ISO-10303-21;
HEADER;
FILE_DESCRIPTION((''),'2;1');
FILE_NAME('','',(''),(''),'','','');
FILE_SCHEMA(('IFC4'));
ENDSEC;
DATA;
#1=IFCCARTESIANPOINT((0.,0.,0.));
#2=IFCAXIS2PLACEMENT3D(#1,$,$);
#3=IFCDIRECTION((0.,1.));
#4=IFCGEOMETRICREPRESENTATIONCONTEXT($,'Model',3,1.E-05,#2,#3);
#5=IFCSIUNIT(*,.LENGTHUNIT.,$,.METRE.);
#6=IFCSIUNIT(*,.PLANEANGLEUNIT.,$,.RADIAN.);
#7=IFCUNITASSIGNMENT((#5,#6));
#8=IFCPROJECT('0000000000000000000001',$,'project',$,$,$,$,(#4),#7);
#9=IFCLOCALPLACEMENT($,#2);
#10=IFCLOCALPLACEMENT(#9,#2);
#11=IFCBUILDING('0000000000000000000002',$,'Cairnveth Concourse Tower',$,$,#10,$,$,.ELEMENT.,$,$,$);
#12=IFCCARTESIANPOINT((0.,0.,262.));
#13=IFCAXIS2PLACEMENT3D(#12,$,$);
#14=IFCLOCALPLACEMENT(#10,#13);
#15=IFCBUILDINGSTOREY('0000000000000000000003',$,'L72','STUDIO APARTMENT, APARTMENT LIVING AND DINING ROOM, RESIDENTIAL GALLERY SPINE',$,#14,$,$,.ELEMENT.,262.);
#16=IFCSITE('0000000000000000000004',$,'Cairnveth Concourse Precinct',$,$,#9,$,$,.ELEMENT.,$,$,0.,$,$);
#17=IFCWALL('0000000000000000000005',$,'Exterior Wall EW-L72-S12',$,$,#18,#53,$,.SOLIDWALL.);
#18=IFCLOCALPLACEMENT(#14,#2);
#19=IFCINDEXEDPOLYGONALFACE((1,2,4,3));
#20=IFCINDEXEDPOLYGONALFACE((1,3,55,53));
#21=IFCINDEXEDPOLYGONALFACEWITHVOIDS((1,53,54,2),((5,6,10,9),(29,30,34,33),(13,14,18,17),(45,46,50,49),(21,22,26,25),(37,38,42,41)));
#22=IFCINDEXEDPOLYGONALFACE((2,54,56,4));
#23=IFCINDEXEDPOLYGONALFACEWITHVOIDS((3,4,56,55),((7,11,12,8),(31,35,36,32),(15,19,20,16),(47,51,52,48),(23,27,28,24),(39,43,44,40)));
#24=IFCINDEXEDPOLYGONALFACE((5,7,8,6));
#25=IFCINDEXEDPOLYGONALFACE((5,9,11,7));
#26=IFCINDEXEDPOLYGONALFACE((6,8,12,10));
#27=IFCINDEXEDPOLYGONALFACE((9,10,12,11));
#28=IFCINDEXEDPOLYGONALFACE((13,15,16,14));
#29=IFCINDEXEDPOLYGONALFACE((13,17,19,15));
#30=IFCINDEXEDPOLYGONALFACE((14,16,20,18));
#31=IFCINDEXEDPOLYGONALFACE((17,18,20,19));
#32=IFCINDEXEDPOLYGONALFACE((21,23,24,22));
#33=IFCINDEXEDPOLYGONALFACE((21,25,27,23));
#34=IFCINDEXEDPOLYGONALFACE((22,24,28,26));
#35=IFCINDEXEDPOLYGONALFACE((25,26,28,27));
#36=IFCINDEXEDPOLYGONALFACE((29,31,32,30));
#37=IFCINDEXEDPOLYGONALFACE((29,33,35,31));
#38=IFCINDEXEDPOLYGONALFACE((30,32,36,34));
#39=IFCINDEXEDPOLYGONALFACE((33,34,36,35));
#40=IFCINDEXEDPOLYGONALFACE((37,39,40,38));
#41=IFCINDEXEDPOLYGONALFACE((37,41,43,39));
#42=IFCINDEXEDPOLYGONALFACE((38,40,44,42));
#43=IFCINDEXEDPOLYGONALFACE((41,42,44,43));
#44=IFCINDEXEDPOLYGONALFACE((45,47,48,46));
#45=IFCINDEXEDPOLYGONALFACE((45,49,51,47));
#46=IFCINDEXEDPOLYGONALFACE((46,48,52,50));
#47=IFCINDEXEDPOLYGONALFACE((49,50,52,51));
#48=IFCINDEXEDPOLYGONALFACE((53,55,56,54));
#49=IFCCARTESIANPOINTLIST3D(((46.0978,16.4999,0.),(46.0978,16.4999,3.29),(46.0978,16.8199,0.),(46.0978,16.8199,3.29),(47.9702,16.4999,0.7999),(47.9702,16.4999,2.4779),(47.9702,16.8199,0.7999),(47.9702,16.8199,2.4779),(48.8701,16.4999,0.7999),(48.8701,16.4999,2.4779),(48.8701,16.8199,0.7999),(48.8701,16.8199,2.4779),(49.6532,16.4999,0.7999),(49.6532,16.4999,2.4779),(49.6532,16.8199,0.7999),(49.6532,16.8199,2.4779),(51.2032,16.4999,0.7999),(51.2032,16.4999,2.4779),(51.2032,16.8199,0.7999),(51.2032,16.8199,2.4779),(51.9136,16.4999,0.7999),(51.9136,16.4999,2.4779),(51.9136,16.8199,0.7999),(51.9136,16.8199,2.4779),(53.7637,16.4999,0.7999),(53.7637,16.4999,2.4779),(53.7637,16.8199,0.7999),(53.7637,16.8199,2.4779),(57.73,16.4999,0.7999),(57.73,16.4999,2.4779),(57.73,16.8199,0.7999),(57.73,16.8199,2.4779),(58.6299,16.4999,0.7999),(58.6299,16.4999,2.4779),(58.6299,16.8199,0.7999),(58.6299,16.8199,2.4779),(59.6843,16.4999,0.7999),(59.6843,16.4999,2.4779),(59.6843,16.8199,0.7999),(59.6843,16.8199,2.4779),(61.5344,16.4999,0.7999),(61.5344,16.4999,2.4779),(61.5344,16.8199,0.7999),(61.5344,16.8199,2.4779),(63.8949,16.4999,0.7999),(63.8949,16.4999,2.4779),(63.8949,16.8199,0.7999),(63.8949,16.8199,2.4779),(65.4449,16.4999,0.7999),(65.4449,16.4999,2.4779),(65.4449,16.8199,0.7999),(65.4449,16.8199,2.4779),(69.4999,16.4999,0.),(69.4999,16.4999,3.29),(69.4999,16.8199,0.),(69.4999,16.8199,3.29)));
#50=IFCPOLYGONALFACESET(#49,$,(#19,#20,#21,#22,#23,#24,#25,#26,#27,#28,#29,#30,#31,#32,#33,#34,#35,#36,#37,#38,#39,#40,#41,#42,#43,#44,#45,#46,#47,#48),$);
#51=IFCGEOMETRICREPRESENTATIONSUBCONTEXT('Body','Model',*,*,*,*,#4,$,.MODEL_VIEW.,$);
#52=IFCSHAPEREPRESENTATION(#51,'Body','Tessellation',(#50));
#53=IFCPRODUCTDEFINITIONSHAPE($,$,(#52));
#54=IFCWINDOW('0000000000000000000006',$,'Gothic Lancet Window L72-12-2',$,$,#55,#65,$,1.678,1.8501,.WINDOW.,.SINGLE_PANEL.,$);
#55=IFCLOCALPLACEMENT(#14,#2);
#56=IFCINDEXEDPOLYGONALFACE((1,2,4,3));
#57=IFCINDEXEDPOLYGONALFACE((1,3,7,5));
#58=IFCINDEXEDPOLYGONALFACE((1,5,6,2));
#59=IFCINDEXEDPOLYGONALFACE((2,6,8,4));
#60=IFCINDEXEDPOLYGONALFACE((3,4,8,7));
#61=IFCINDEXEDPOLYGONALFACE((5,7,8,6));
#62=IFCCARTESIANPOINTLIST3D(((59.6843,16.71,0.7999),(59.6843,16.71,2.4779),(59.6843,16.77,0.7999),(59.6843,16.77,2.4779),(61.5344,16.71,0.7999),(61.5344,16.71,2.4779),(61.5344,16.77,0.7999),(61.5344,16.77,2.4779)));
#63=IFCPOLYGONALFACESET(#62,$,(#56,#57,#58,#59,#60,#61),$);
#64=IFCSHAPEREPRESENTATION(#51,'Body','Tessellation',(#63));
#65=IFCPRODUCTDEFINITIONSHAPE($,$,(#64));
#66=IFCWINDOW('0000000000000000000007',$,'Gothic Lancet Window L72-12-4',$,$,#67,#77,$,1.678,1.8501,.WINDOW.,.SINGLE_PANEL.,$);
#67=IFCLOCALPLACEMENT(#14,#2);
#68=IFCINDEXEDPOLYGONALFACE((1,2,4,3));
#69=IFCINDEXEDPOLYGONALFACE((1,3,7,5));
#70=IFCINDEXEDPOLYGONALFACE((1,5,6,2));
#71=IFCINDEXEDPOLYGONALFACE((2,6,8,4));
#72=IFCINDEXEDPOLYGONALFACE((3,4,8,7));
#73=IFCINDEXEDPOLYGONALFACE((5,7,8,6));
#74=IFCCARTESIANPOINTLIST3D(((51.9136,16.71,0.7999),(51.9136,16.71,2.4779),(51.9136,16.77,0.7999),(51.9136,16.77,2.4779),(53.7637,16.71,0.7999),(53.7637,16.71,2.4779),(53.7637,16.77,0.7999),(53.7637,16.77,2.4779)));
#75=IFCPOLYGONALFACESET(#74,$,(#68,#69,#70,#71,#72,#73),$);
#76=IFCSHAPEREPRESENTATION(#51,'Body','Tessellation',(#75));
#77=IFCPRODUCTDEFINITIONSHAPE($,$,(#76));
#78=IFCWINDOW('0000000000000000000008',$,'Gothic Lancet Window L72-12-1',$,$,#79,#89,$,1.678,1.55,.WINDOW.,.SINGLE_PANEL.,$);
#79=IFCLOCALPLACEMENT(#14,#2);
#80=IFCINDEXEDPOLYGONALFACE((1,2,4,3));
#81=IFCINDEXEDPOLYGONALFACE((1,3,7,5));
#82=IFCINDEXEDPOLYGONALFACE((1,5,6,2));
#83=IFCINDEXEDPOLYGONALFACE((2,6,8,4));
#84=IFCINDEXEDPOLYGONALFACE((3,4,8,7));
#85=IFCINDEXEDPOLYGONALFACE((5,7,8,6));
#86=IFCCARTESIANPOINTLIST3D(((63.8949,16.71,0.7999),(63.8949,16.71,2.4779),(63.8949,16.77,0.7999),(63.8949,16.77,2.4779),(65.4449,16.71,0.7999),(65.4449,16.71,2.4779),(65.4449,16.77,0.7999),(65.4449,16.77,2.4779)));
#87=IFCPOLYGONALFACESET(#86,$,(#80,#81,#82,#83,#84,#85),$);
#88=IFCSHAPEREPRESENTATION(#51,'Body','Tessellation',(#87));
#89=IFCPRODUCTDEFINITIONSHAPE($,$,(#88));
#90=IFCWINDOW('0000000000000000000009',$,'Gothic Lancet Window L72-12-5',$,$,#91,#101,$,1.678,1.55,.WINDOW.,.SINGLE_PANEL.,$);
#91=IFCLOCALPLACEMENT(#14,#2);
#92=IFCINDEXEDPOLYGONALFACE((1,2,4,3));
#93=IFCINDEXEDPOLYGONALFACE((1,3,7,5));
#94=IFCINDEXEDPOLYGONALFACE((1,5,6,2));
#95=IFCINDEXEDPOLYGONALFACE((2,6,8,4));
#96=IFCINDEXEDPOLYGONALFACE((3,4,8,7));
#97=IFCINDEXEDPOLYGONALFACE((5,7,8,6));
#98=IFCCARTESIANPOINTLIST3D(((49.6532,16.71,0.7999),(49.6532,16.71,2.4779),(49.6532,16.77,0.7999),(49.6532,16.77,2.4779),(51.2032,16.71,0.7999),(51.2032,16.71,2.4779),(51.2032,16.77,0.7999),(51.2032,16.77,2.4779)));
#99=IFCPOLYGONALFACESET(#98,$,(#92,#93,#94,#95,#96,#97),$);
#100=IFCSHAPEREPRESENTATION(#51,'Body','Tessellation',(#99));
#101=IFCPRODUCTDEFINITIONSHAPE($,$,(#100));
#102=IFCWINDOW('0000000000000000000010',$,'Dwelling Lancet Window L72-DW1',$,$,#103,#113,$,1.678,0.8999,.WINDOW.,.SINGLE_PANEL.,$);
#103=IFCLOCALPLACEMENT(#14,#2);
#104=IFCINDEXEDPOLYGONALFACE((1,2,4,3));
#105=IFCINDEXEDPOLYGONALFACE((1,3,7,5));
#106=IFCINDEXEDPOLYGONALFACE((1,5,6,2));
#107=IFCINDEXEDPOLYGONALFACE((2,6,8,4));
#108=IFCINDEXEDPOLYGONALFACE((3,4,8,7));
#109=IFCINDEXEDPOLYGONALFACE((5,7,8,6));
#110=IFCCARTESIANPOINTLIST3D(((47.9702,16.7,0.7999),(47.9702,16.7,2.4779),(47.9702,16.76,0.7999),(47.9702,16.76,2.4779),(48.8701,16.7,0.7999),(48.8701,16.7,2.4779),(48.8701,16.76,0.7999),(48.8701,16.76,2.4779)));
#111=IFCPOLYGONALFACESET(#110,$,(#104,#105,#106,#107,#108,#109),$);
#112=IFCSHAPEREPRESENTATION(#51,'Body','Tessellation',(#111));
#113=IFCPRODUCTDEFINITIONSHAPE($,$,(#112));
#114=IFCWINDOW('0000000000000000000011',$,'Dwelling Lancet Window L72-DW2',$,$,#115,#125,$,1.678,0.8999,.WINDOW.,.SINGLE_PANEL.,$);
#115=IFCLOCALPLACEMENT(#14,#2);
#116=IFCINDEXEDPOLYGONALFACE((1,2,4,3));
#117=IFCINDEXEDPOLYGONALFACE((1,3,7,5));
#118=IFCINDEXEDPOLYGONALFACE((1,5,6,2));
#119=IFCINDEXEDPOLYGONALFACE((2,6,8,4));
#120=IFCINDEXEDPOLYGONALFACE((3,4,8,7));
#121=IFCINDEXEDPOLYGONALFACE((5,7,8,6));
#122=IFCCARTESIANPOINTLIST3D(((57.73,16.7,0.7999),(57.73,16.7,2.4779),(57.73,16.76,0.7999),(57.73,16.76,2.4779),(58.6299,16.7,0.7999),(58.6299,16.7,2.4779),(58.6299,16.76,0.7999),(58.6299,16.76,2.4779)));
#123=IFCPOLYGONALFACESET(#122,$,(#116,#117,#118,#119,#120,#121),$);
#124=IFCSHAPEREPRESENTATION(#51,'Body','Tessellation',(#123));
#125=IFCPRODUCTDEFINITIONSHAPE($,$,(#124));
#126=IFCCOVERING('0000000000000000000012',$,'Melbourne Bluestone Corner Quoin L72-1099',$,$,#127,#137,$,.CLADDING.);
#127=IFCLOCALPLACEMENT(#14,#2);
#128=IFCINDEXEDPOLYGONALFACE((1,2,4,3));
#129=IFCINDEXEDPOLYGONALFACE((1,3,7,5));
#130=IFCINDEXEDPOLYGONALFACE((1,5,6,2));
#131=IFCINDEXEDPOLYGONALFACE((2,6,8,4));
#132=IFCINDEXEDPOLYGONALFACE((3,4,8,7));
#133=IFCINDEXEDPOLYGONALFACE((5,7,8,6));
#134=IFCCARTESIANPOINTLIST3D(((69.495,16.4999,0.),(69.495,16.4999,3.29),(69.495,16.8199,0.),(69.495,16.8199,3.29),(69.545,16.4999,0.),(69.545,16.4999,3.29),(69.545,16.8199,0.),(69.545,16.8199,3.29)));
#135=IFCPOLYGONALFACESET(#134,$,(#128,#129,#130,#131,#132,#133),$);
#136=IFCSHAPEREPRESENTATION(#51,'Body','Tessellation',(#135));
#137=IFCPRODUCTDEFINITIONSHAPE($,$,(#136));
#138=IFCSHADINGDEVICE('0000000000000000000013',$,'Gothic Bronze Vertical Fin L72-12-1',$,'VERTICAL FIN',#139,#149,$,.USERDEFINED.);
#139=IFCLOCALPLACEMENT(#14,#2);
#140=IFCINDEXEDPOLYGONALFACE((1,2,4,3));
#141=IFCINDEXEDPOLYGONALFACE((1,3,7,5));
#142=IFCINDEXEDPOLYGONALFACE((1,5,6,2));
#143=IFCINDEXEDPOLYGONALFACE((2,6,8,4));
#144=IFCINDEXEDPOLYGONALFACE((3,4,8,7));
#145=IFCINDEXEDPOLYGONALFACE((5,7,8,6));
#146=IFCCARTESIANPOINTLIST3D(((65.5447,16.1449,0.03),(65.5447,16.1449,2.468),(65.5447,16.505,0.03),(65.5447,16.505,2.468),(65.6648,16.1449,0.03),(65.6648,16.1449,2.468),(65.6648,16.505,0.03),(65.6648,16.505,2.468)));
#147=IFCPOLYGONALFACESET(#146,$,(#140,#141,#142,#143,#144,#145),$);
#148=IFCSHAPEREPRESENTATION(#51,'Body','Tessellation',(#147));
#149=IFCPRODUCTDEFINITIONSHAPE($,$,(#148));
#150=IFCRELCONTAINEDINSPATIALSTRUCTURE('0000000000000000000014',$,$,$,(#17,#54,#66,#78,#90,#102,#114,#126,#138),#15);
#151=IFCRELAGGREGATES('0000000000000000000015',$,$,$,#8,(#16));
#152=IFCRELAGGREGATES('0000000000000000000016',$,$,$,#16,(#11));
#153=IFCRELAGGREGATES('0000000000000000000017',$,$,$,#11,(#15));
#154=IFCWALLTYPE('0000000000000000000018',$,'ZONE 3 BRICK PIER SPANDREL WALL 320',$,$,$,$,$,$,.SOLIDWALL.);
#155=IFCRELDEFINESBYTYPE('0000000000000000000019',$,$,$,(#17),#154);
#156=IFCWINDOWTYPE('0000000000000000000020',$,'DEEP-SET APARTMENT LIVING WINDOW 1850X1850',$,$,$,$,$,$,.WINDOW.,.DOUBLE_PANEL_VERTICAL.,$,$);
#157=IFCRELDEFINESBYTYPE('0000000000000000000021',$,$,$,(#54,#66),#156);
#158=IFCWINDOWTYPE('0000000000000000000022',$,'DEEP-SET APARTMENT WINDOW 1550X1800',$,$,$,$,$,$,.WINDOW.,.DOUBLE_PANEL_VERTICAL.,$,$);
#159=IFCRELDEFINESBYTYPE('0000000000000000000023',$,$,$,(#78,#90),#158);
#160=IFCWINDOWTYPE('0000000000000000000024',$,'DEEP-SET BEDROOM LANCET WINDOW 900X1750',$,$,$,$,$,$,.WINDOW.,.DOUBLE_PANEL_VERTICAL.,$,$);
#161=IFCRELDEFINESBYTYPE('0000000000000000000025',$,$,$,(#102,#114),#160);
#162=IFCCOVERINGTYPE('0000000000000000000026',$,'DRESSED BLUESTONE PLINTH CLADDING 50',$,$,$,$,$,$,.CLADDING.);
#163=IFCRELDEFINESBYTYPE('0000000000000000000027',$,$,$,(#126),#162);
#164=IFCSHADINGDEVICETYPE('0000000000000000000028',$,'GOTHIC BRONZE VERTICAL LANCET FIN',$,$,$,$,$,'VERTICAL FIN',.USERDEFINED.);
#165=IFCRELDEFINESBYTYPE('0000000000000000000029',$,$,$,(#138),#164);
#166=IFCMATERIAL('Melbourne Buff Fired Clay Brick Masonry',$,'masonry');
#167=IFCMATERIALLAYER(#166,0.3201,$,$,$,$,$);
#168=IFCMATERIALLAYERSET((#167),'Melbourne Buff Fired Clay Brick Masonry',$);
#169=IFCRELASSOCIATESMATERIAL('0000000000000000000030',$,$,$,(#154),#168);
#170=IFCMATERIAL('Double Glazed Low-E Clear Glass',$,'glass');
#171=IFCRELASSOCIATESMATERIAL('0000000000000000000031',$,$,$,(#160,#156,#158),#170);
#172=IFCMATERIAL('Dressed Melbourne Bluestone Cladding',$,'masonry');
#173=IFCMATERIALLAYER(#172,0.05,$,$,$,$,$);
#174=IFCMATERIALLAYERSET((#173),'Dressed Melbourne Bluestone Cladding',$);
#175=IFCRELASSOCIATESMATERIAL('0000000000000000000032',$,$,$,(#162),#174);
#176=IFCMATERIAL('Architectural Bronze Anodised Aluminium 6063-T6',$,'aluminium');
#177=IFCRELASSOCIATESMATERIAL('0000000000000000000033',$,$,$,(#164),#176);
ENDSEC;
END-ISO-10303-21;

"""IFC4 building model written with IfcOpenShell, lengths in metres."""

from ifc_helpers import new_model, si_unit, direction, frame, frame_2d, origin, origin_2d, place, context, subcontext, project, spatial, rectangle, extrude, material, layer, layer_set, type_object, element, fill, save


model = new_model("IFC4")

# Units and contexts
model_context = context("Model", 3, precision=1e-05, world=origin(), true_north=direction((0.0, 1.0)))
body_context = subcontext(model_context, "Body", "Model", "MODEL_VIEW")
ifc_project = project(units=[si_unit("LENGTHUNIT", "METRE"), si_unit("PLANEANGLEUNIT", "RADIAN")], contexts=[model_context])

# Site, building, storey
site_placement = place(None, origin())
site = spatial("IfcSite", under=ifc_project, at=site_placement, Name="Cairnveth Concourse Precinct", CompositionType="ELEMENT", RefElevation=0.0)
building_placement = place(site_placement, origin())
building = spatial("IfcBuilding", under=site, at=building_placement, Name="Cairnveth Concourse Tower", CompositionType="ELEMENT")
storey_placement = place(building_placement, frame((0.0, 0.0, 262.0)))
storey = spatial("IfcBuildingStorey", under=building, at=storey_placement, Name="L72", Description="STUDIO APARTMENT, APARTMENT LIVING AND DINING ROOM, RESIDENTIAL GALLERY SPINE", CompositionType="ELEMENT", Elevation=262.0)

# Shared definitions
ifc_material_1 = material(Name="Melbourne Buff Fired Clay Brick Masonry", Category="masonry")
ifc_layer_1 = layer(ifc_material_1, 0.3201)
ifc_layer_set_1 = layer_set([ifc_layer_1], Name="Melbourne Buff Fired Clay Brick Masonry")
wall_type_1 = type_object("IfcWallType", Name="ZONE 3 BRICK PIER SPANDREL WALL 320", PredefinedType="SOLIDWALL", material=ifc_layer_set_1)
ifc_material_2 = material(Name="Double Glazed Low-E Clear Glass", Category="glass")
window_type_1 = type_object("IfcWindowType", Name="DEEP-SET BEDROOM LANCET WINDOW 900X1750", PartitioningType="DOUBLE_PANEL_VERTICAL", PredefinedType="WINDOW", material=ifc_material_2)

# Wall, openings, windows
wall_1_placement = place(storey_placement, frame((69.5, 16.6599, 0.0), z_axis=(0.0, 0.0, 1.0), x_axis=(-1.0, 0.0, 0.0)))
wall_1 = element("IfcWall", 1, at=wall_1_placement, inside=storey, type_object=wall_type_1, Name="Exterior Wall EW-L72-S12", PredefinedType="SOLIDWALL", context=body_context, shape_type="SweptSolid", body=[
    extrude(rectangle(XDim=23.4021, YDim=0.3201, at=frame_2d((11.7012, 0.0))), origin(), (0.0, 0.0, 1.0), 3.29),
])
opening_1_placement = place(wall_1_placement, frame((4.0552, 0.0, 0.8)))
opening_1 = element("IfcOpeningElement", 2, at=opening_1_placement, cuts=wall_1, PredefinedType="OPENING", context=body_context, shape_type="SweptSolid", body=[
    extrude(rectangle(XDim=1.55, YDim=1.678, at=frame_2d((0.7749, 0.8389))), frame((0.0, 0.1699, 0.0), z_axis=(0.0, -1.0, 0.0), x_axis=(1.0, 0.0, 0.0)), (0.0, 0.0, 1.0), 0.3401),
])
opening_2_placement = place(wall_1_placement, frame((7.9656, 0.0, 0.8)))
opening_2 = element("IfcOpeningElement", 3, at=opening_2_placement, cuts=wall_1, PredefinedType="OPENING", context=body_context, shape_type="SweptSolid", body=[
    extrude(rectangle(XDim=1.8501, YDim=1.678, at=frame_2d((0.925, 0.8389))), frame((0.0, 0.1699, 0.0), z_axis=(0.0, -1.0, 0.0), x_axis=(1.0, 0.0, 0.0)), (0.0, 0.0, 1.0), 0.3401),
])
opening_3_placement = place(wall_1_placement, frame((15.7363, 0.0, 0.8)))
opening_3 = element("IfcOpeningElement", 4, at=opening_3_placement, cuts=wall_1, PredefinedType="OPENING", context=body_context, shape_type="SweptSolid", body=[
    extrude(rectangle(XDim=1.8501, YDim=1.678, at=frame_2d((0.925, 0.8389))), frame((0.0, 0.1699, 0.0), z_axis=(0.0, -1.0, 0.0), x_axis=(1.0, 0.0, 0.0)), (0.0, 0.0, 1.0), 0.3401),
])
opening_4_placement = place(wall_1_placement, frame((18.2969, 0.0, 0.8)))
opening_4 = element("IfcOpeningElement", 5, at=opening_4_placement, cuts=wall_1, PredefinedType="OPENING", context=body_context, shape_type="SweptSolid", body=[
    extrude(rectangle(XDim=1.55, YDim=1.678, at=frame_2d((0.7749, 0.8389))), frame((0.0, 0.1699, 0.0), z_axis=(0.0, -1.0, 0.0), x_axis=(1.0, 0.0, 0.0)), (0.0, 0.0, 1.0), 0.3401),
])
opening_5_placement = place(wall_1_placement, frame((20.6299, 0.0, 0.8)))
opening_5 = element("IfcOpeningElement", 6, at=opening_5_placement, cuts=wall_1, PredefinedType="OPENING", context=body_context, shape_type="SweptSolid", body=[
    extrude(rectangle(XDim=0.8999, YDim=1.678, at=frame_2d((0.45, 0.8389))), frame((0.0, 0.1699, 0.0), z_axis=(0.0, -1.0, 0.0), x_axis=(1.0, 0.0, 0.0)), (0.0, 0.0, 1.0), 0.3401),
])
opening_6_placement = place(wall_1_placement, frame((10.8701, 0.0, 0.8)))
opening_6 = element("IfcOpeningElement", 7, at=opening_6_placement, cuts=wall_1, PredefinedType="OPENING", context=body_context, shape_type="SweptSolid", body=[
    extrude(rectangle(XDim=0.8999, YDim=1.678, at=frame_2d((0.45, 0.8389))), frame((0.0, 0.1699, 0.0), z_axis=(0.0, -1.0, 0.0), x_axis=(1.0, 0.0, 0.0)), (0.0, 0.0, 1.0), 0.3401),
])
window_type_2 = type_object("IfcWindowType", Name="DEEP-SET APARTMENT LIVING WINDOW 1850X1850", PartitioningType="DOUBLE_PANEL_VERTICAL", PredefinedType="WINDOW", material=ifc_material_2)
window_1_placement = place(opening_2_placement, origin())
window_1 = element("IfcWindow", 8, at=window_1_placement, inside=storey, type_object=window_type_2, Name="Gothic Lancet Window L72-12-2", OverallHeight=1.678, OverallWidth=1.8501, PartitioningType="SINGLE_PANEL", PredefinedType="WINDOW", context=body_context, shape_type="SweptSolid", body=[
    extrude(rectangle(XDim=1.8501, YDim=1.678, at=frame_2d((0.925, 0.8389))), frame((0.0, -0.05, 0.0), z_axis=(0.0, -1.0, 0.0), x_axis=(1.0, 0.0, 0.0)), (0.0, 0.0, 1.0), 0.0601),
])
fill(opening_2, window_1)
window_2_placement = place(opening_3_placement, origin())
window_2 = element("IfcWindow", 9, at=window_2_placement, inside=storey, type_object=window_type_2, Name="Gothic Lancet Window L72-12-4", OverallHeight=1.678, OverallWidth=1.8501, PartitioningType="SINGLE_PANEL", PredefinedType="WINDOW", context=body_context, shape_type="SweptSolid", body=[
    extrude(rectangle(XDim=1.8501, YDim=1.678, at=frame_2d((0.925, 0.8389))), frame((0.0, -0.05, 0.0), z_axis=(0.0, -1.0, 0.0), x_axis=(1.0, 0.0, 0.0)), (0.0, 0.0, 1.0), 0.0601),
])
fill(opening_3, window_2)
window_type_3 = type_object("IfcWindowType", Name="DEEP-SET APARTMENT WINDOW 1550X1800", PartitioningType="DOUBLE_PANEL_VERTICAL", PredefinedType="WINDOW", material=ifc_material_2)
window_3_placement = place(opening_1_placement, origin())
window_3 = element("IfcWindow", 10, at=window_3_placement, inside=storey, type_object=window_type_3, Name="Gothic Lancet Window L72-12-1", OverallHeight=1.678, OverallWidth=1.55, PartitioningType="SINGLE_PANEL", PredefinedType="WINDOW", context=body_context, shape_type="SweptSolid", body=[
    extrude(rectangle(XDim=1.55, YDim=1.678, at=frame_2d((0.7749, 0.8389))), frame((0.0, -0.05, 0.0), z_axis=(0.0, -1.0, 0.0), x_axis=(1.0, 0.0, 0.0)), (0.0, 0.0, 1.0), 0.0601),
])
fill(opening_1, window_3)
window_4_placement = place(opening_4_placement, origin())
window_4 = element("IfcWindow", 11, at=window_4_placement, inside=storey, type_object=window_type_3, Name="Gothic Lancet Window L72-12-5", OverallHeight=1.678, OverallWidth=1.55, PartitioningType="SINGLE_PANEL", PredefinedType="WINDOW", context=body_context, shape_type="SweptSolid", body=[
    extrude(rectangle(XDim=1.55, YDim=1.678, at=frame_2d((0.7749, 0.8389))), frame((0.0, -0.05, 0.0), z_axis=(0.0, -1.0, 0.0), x_axis=(1.0, 0.0, 0.0)), (0.0, 0.0, 1.0), 0.0601),
])
fill(opening_4, window_4)
window_5_placement = place(opening_5_placement, origin())
window_5 = element("IfcWindow", 12, at=window_5_placement, inside=storey, type_object=window_type_1, Name="Dwelling Lancet Window L72-DW1", OverallHeight=1.678, OverallWidth=0.8999, PartitioningType="SINGLE_PANEL", PredefinedType="WINDOW", context=body_context, shape_type="SweptSolid", body=[
    extrude(rectangle(XDim=0.8999, YDim=1.678, at=frame_2d((0.45, 0.8389))), frame((0.0, -0.04, 0.0), z_axis=(0.0, -1.0, 0.0), x_axis=(1.0, 0.0, 0.0)), (0.0, 0.0, 1.0), 0.0601),
])
fill(opening_5, window_5)
window_6_placement = place(opening_6_placement, origin())
window_6 = element("IfcWindow", 13, at=window_6_placement, inside=storey, type_object=window_type_1, Name="Dwelling Lancet Window L72-DW2", OverallHeight=1.678, OverallWidth=0.8999, PartitioningType="SINGLE_PANEL", PredefinedType="WINDOW", context=body_context, shape_type="SweptSolid", body=[
    extrude(rectangle(XDim=0.8999, YDim=1.678, at=frame_2d((0.45, 0.8389))), frame((0.0, -0.04, 0.0), z_axis=(0.0, -1.0, 0.0), x_axis=(1.0, 0.0, 0.0)), (0.0, 0.0, 1.0), 0.0601),
])
fill(opening_6, window_6)

# Covering
ifc_material_3 = material(Name="Dressed Melbourne Bluestone Cladding", Category="masonry")
ifc_layer_2 = layer(ifc_material_3, 0.05)
ifc_layer_set_2 = layer_set([ifc_layer_2], Name="Dressed Melbourne Bluestone Cladding")
covering_type = type_object("IfcCoveringType", Name="DRESSED BLUESTONE PLINTH CLADDING 50", PredefinedType="CLADDING", material=ifc_layer_set_2)
covering_placement = place(storey_placement, frame((69.52, 16.8201, 0.0), z_axis=(0.0, 0.0, 1.0), x_axis=(0.0, -1.0, 0.0)))
element("IfcCovering", 14, at=covering_placement, inside=storey, type_object=covering_type, Name="Melbourne Bluestone Corner Quoin L72-1099", PredefinedType="CLADDING", context=body_context, shape_type="SweptSolid", body=[
    extrude(rectangle(XDim=0.3201, YDim=0.05, at=frame_2d((0.1602, 0.0))), origin(), (0.0, 0.0, 1.0), 3.29),
])

# Shading device
ifc_material_4 = material(Name="Architectural Bronze Anodised Aluminium 6063-T6", Category="aluminium")
shading_device_type = type_object("IfcShadingDeviceType", Name="GOTHIC BRONZE VERTICAL LANCET FIN", ElementType="VERTICAL FIN", PredefinedType="USERDEFINED", material=ifc_material_4)
shading_device_placement = place(storey_placement, frame((65.6047, 16.325, 0.03), z_axis=(0.0, 0.0, 1.0), x_axis=(1.0, 0.0, 0.0)))
element("IfcShadingDevice", 15, at=shading_device_placement, inside=storey, type_object=shading_device_type, Name="Gothic Bronze Vertical Fin L72-12-1", ObjectType="VERTICAL FIN", PredefinedType="USERDEFINED", context=body_context, shape_type="SweptSolid", body=[
    extrude(rectangle(XDim=0.1201, YDim=0.3601, at=origin_2d()), origin(), (0.0, 0.0, 1.0), 2.438),
])

save(model, "model.ifc")
